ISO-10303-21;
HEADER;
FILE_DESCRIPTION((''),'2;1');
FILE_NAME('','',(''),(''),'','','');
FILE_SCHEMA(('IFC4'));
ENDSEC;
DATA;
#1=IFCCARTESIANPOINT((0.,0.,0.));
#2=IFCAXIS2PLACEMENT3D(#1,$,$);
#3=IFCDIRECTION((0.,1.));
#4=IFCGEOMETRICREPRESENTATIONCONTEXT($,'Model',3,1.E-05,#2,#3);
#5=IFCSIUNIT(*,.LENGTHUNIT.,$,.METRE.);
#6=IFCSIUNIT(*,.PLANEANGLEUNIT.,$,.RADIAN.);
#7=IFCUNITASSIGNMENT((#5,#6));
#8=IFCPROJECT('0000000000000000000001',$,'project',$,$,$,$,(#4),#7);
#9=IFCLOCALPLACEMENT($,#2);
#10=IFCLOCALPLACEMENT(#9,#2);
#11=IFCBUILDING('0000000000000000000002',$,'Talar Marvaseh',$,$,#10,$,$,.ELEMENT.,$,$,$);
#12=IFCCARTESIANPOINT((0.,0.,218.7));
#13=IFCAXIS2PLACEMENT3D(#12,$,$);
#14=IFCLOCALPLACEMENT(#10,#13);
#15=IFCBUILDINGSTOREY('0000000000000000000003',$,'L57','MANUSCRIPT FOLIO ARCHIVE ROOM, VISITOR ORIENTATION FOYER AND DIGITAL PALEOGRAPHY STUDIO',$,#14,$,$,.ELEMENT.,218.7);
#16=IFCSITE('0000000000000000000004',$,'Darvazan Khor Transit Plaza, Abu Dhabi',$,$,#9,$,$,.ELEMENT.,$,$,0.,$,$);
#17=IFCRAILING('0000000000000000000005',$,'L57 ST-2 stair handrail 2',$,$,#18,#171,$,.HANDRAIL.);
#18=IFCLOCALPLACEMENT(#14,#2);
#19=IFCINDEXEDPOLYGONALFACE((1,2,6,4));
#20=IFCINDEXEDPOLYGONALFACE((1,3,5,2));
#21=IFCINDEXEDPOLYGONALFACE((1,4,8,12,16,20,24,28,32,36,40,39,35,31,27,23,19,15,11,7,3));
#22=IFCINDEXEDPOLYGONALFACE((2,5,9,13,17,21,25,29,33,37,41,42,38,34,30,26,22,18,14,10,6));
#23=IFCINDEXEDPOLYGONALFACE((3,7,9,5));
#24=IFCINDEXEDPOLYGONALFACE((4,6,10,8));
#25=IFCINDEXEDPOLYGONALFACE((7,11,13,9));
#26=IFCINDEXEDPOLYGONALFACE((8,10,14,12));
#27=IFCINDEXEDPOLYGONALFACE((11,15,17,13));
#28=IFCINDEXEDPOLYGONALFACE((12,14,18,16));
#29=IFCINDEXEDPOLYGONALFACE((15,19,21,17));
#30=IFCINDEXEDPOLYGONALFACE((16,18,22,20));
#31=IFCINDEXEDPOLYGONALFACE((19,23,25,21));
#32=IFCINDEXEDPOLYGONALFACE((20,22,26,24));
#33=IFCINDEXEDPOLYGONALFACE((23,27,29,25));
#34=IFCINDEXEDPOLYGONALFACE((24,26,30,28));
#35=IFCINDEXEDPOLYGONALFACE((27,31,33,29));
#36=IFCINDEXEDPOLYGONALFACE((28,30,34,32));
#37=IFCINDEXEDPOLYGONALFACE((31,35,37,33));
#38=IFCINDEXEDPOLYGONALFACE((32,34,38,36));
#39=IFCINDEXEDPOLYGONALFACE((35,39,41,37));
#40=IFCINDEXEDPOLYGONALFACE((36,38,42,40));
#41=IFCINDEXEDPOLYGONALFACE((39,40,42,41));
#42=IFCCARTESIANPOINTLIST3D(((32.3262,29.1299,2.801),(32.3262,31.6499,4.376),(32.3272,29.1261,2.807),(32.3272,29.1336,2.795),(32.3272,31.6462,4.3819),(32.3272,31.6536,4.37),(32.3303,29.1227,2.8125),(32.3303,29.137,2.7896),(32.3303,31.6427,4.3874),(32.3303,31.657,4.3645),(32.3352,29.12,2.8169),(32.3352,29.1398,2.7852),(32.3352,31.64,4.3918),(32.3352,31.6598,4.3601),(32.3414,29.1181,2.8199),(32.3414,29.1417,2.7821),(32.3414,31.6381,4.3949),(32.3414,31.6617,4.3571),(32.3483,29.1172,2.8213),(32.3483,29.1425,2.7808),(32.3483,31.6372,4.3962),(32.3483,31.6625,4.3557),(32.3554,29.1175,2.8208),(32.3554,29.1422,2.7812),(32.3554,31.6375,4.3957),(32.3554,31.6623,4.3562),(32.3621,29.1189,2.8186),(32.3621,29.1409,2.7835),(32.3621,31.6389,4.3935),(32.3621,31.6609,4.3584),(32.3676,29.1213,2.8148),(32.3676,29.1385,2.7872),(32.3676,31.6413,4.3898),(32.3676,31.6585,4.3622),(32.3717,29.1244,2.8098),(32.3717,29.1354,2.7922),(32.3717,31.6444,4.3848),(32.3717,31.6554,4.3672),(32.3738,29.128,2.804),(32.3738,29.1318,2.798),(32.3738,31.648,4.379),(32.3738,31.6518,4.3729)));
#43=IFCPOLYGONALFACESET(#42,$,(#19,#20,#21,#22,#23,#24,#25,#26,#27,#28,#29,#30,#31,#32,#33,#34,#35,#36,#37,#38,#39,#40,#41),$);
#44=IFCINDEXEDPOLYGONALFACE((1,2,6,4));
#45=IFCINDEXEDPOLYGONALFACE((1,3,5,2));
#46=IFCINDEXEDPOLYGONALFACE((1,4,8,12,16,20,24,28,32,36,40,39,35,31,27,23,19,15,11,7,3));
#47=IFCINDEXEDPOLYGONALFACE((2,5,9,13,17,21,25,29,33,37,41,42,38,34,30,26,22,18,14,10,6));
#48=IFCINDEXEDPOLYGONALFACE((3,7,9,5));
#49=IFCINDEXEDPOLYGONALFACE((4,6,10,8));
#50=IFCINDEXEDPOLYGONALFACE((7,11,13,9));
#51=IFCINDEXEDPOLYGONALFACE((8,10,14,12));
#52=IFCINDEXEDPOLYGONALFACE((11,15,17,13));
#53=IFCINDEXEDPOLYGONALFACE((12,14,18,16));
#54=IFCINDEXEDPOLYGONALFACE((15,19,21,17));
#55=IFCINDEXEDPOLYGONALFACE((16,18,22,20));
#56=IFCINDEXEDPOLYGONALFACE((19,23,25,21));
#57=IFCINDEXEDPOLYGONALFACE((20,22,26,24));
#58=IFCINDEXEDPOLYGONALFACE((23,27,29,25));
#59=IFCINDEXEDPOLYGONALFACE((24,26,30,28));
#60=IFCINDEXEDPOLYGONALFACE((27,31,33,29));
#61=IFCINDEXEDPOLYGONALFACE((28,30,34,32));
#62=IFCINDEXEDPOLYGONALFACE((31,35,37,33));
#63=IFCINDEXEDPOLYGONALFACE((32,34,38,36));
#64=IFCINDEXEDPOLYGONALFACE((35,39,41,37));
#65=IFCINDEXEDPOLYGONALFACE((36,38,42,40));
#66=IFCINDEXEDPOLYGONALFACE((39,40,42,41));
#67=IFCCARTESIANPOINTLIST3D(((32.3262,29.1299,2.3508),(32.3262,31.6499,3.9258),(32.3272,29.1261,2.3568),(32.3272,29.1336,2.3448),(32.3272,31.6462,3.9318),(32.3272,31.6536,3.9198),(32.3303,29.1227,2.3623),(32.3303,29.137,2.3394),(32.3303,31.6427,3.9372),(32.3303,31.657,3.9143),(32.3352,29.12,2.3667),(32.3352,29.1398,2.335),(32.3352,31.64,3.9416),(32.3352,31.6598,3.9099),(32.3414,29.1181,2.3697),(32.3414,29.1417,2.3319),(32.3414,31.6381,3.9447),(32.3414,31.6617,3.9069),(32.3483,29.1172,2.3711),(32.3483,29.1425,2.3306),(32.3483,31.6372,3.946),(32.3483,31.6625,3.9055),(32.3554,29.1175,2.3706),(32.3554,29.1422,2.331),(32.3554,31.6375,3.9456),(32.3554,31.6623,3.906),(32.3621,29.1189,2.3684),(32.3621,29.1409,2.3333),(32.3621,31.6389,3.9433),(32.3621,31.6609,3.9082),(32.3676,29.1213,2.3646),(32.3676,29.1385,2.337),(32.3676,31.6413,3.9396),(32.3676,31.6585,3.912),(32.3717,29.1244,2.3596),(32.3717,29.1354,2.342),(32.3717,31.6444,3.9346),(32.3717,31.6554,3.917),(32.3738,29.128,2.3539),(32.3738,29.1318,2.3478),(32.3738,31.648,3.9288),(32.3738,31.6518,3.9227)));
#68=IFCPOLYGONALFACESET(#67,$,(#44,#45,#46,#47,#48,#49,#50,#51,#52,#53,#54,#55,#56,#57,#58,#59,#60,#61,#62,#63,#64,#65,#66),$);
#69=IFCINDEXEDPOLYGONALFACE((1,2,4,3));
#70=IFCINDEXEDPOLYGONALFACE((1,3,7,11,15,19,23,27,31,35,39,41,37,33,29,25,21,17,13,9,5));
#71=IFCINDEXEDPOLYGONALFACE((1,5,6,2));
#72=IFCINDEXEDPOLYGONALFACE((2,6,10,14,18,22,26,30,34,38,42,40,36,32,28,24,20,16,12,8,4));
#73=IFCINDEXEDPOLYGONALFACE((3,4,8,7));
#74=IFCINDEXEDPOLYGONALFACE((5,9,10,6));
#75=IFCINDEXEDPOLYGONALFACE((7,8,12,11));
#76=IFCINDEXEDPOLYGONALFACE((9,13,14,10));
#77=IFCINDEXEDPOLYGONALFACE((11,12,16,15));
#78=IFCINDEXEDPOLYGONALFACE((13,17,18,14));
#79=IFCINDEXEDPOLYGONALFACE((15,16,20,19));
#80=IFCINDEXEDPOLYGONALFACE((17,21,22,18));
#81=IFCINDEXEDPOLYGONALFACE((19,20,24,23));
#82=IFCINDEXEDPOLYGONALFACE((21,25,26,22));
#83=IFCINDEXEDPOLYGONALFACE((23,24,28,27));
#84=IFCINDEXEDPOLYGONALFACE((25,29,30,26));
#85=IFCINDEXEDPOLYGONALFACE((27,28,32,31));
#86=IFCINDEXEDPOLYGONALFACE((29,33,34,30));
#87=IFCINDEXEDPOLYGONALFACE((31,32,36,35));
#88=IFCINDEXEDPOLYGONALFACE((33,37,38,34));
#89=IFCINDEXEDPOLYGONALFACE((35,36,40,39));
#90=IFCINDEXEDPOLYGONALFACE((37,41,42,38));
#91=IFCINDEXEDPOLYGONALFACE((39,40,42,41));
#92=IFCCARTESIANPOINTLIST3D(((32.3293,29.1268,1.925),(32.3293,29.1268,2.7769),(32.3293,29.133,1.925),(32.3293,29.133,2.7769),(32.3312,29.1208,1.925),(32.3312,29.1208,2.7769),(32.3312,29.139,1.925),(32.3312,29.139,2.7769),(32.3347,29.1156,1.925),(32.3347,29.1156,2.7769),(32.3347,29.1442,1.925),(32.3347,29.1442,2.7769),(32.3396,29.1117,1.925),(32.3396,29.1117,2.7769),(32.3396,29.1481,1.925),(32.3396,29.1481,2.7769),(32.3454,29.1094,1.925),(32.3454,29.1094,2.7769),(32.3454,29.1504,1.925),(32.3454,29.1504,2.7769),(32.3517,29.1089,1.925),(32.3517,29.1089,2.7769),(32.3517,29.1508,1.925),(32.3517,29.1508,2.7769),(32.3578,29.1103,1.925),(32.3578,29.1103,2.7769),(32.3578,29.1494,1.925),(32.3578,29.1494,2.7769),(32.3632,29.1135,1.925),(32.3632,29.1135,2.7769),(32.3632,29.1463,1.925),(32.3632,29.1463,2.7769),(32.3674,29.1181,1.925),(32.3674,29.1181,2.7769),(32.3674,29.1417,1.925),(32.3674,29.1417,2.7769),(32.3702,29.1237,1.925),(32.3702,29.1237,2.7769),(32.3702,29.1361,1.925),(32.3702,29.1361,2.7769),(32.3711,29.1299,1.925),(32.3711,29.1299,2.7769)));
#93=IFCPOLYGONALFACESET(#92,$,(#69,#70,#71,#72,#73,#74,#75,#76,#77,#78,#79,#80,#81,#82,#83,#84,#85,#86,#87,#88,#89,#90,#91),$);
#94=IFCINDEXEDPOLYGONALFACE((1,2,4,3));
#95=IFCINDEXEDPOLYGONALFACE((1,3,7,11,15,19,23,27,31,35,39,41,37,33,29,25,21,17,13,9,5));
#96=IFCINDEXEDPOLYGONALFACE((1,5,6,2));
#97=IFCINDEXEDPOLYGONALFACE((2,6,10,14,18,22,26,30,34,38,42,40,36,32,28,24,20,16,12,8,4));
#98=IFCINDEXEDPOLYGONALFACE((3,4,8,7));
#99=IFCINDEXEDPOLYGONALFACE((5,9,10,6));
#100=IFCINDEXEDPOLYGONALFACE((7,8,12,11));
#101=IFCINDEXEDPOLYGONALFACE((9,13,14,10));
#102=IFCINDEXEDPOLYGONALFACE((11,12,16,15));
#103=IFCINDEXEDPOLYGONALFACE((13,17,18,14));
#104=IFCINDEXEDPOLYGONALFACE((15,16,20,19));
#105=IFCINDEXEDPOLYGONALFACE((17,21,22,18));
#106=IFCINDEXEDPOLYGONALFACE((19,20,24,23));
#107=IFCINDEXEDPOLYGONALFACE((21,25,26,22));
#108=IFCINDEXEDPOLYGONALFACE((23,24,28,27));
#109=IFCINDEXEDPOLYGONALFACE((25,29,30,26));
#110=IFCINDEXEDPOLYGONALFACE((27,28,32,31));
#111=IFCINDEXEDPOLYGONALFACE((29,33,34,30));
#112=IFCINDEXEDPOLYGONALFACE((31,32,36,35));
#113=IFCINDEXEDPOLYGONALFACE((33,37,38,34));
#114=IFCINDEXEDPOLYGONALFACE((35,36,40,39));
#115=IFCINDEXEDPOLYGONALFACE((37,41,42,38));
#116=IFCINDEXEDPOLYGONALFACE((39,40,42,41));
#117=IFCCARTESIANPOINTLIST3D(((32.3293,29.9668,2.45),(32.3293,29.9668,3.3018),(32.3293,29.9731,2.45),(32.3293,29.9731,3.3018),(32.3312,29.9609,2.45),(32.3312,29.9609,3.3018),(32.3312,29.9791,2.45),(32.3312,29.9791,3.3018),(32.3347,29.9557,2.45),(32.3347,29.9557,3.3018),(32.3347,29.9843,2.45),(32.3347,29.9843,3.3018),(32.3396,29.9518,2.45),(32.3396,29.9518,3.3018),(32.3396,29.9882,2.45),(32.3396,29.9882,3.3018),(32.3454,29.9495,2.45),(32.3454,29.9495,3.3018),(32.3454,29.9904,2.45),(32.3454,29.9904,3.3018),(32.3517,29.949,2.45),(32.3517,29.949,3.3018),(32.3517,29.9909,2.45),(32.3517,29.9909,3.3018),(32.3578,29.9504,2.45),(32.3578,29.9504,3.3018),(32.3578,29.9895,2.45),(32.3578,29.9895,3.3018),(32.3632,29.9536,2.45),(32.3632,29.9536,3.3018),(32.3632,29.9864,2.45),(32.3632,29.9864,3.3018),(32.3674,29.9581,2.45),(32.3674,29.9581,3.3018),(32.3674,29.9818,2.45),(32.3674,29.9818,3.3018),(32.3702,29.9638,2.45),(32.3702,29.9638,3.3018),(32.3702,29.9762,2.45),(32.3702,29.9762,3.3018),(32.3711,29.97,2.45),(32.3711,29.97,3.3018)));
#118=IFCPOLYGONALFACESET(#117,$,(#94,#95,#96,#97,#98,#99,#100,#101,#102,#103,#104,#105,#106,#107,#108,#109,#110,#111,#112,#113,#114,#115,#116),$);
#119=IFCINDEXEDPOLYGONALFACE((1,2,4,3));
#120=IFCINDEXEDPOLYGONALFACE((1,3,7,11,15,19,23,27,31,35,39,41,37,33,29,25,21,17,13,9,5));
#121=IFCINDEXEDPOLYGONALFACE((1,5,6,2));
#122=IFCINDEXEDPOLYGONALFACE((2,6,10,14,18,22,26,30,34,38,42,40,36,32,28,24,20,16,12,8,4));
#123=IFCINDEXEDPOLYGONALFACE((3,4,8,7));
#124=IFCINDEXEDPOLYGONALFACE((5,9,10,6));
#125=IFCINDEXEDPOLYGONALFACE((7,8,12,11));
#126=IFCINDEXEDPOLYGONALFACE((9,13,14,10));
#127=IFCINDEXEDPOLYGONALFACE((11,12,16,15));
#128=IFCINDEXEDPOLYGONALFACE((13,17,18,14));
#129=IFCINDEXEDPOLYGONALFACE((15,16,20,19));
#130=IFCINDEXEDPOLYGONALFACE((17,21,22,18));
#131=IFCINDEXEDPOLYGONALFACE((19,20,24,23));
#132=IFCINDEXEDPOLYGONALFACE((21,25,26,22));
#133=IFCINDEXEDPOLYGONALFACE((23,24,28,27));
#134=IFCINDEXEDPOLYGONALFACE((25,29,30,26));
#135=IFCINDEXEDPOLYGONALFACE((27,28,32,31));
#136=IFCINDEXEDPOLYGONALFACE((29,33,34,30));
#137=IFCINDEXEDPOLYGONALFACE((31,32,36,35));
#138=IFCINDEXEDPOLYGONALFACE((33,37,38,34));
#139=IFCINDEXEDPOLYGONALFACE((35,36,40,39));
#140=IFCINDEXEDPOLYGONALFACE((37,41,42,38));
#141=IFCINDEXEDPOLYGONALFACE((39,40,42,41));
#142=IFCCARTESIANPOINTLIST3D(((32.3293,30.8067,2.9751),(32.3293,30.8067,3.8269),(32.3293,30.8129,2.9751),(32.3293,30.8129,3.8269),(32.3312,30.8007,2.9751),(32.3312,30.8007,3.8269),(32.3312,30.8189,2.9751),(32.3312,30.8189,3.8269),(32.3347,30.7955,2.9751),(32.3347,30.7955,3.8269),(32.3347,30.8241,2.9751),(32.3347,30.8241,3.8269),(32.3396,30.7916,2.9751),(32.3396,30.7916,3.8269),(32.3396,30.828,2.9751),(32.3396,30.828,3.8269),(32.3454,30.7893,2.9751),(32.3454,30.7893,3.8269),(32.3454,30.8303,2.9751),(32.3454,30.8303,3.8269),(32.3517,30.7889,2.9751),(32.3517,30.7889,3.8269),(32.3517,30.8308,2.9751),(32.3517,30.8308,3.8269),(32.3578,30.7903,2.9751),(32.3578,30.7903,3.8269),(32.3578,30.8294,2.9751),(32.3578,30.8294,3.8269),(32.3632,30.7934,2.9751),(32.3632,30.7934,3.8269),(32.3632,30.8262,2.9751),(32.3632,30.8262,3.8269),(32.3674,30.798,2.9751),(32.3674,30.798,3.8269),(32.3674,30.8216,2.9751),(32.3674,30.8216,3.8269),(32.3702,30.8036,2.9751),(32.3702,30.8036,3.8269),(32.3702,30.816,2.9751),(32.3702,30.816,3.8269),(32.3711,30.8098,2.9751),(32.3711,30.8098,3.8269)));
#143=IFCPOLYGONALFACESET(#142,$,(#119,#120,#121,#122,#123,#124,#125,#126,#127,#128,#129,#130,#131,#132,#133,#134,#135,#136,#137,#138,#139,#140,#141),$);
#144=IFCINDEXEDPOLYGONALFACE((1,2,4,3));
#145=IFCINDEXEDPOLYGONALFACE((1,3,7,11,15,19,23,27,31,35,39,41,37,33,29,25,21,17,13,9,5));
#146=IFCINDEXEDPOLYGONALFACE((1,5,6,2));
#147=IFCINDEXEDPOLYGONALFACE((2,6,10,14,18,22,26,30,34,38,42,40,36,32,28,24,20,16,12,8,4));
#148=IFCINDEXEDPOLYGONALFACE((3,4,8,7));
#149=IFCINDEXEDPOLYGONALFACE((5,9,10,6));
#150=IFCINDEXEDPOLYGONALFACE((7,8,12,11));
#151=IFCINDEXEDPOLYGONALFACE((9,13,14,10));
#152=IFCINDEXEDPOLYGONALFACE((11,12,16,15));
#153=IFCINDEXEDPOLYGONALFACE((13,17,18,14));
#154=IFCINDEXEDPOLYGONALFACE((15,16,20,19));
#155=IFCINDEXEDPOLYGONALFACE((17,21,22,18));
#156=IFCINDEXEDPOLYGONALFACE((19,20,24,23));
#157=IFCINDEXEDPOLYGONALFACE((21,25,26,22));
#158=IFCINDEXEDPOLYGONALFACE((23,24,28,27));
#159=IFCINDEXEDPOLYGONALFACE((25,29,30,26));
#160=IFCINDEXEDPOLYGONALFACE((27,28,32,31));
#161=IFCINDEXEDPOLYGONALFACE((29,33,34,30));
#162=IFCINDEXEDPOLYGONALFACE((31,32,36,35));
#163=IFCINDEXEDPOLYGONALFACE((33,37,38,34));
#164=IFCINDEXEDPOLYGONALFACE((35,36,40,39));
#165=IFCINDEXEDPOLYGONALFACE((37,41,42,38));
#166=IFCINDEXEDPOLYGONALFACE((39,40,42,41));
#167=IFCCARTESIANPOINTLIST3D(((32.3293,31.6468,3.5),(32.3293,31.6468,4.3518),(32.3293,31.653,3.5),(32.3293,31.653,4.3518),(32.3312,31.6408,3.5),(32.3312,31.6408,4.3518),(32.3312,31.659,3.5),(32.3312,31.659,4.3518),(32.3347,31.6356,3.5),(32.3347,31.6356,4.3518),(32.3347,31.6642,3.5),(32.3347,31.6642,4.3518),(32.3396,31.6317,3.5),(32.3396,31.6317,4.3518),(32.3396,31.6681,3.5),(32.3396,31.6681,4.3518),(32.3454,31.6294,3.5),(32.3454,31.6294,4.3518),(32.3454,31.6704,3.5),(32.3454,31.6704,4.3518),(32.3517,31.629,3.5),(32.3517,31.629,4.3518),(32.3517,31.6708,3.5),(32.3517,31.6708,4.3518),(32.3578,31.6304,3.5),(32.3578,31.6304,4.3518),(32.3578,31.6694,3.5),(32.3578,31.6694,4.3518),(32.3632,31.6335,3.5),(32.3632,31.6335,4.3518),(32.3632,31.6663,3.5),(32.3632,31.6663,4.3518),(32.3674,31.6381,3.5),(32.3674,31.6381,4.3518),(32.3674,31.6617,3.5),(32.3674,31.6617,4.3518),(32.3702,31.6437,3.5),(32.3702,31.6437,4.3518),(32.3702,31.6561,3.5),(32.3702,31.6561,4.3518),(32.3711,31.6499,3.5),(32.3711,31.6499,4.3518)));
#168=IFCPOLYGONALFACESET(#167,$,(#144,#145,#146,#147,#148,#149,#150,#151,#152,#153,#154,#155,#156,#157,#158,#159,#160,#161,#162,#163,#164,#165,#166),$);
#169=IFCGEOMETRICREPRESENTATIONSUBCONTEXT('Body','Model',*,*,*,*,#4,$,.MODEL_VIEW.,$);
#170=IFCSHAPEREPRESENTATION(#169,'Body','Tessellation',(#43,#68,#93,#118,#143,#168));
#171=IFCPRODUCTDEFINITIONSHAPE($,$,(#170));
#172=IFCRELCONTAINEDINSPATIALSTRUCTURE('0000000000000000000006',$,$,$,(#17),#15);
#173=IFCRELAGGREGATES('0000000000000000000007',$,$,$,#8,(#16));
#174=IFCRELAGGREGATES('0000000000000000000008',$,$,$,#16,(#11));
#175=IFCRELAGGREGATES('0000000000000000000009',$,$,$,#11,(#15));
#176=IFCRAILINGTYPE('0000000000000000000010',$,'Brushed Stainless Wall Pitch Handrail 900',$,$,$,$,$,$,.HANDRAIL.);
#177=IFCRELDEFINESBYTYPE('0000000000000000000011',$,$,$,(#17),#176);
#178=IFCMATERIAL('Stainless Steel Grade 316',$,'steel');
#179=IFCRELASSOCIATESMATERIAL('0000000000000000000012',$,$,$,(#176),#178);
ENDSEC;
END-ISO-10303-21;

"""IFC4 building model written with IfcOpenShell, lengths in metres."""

from ifc_helpers import new_model, si_unit, direction, frame, origin, origin_2d, place, context, subcontext, project, spatial, circle, extrude, material, type_object, element, save


model = new_model("IFC4")

# Units and contexts
model_context = context("Model", 3, precision=1e-05, world=origin(), true_north=direction((0.0, 1.0)))
body_context = subcontext(model_context, "Body", "Model", "MODEL_VIEW")
ifc_project = project(units=[si_unit("LENGTHUNIT", "METRE"), si_unit("PLANEANGLEUNIT", "RADIAN")], contexts=[model_context])

# Site, building, storey
site_placement = place(None, origin())
site = spatial("IfcSite", under=ifc_project, at=site_placement, Name="Darvazan Khor Transit Plaza, Abu Dhabi", CompositionType="ELEMENT", RefElevation=0.0)
building_placement = place(site_placement, origin())
building = spatial("IfcBuilding", under=site, at=building_placement, Name="Talar Marvaseh", CompositionType="ELEMENT")
storey_placement = place(building_placement, frame((0.0, 0.0, 218.7)))
storey = spatial("IfcBuildingStorey", under=building, at=storey_placement, Name="L57", Description="MANUSCRIPT FOLIO ARCHIVE ROOM, VISITOR ORIENTATION FOYER AND DIGITAL PALEOGRAPHY STUDIO", CompositionType="ELEMENT", Elevation=218.7)

# Railing
ifc_material_1 = material(Name="Stainless Steel Grade 316", Category="steel")
railing_type = type_object("IfcRailingType", Name="Brushed Stainless Wall Pitch Handrail 900", PredefinedType="HANDRAIL", material=ifc_material_1)
railing_placement = place(storey_placement, frame((32.3501, 29.1299, 1.925)))
element("IfcRailing", 1, at=railing_placement, inside=storey, type_object=railing_type, Name="L57 ST-2 stair handrail 2", PredefinedType="HANDRAIL", context=body_context, shape_type="SweptSolid", body=[
    extrude(circle(Radius=0.0239, at=origin_2d()), frame((0.0, 0.0, 0.876), z_axis=(0.0, 0.848008, 0.529984), x_axis=(-1.0, 0.0, 0.0)), (0.0, 0.0, 1.0), 2.9717),
    extrude(circle(Radius=0.0239, at=origin_2d()), frame((0.0, 0.0, 0.4258), z_axis=(0.0, 0.848008, 0.529984), x_axis=(-1.0, 0.0, 0.0)), (0.0, 0.0, 1.0), 2.9717),
    extrude(circle(Radius=0.021, at=origin_2d()), origin(), (0.0, 0.0, 1.0), 0.8518),
    extrude(circle(Radius=0.021, at=origin_2d()), frame((0.0, 0.8401, 0.5249)), (0.0, 0.0, 1.0), 0.8518),
    extrude(circle(Radius=0.021, at=origin_2d()), frame((0.0, 1.6799, 1.05)), (0.0, 0.0, 1.0), 0.8518),
    extrude(circle(Radius=0.021, at=origin_2d()), frame((0.0, 2.52, 1.575)), (0.0, 0.0, 1.0), 0.8518),
])

save(model, "model.ifc")
